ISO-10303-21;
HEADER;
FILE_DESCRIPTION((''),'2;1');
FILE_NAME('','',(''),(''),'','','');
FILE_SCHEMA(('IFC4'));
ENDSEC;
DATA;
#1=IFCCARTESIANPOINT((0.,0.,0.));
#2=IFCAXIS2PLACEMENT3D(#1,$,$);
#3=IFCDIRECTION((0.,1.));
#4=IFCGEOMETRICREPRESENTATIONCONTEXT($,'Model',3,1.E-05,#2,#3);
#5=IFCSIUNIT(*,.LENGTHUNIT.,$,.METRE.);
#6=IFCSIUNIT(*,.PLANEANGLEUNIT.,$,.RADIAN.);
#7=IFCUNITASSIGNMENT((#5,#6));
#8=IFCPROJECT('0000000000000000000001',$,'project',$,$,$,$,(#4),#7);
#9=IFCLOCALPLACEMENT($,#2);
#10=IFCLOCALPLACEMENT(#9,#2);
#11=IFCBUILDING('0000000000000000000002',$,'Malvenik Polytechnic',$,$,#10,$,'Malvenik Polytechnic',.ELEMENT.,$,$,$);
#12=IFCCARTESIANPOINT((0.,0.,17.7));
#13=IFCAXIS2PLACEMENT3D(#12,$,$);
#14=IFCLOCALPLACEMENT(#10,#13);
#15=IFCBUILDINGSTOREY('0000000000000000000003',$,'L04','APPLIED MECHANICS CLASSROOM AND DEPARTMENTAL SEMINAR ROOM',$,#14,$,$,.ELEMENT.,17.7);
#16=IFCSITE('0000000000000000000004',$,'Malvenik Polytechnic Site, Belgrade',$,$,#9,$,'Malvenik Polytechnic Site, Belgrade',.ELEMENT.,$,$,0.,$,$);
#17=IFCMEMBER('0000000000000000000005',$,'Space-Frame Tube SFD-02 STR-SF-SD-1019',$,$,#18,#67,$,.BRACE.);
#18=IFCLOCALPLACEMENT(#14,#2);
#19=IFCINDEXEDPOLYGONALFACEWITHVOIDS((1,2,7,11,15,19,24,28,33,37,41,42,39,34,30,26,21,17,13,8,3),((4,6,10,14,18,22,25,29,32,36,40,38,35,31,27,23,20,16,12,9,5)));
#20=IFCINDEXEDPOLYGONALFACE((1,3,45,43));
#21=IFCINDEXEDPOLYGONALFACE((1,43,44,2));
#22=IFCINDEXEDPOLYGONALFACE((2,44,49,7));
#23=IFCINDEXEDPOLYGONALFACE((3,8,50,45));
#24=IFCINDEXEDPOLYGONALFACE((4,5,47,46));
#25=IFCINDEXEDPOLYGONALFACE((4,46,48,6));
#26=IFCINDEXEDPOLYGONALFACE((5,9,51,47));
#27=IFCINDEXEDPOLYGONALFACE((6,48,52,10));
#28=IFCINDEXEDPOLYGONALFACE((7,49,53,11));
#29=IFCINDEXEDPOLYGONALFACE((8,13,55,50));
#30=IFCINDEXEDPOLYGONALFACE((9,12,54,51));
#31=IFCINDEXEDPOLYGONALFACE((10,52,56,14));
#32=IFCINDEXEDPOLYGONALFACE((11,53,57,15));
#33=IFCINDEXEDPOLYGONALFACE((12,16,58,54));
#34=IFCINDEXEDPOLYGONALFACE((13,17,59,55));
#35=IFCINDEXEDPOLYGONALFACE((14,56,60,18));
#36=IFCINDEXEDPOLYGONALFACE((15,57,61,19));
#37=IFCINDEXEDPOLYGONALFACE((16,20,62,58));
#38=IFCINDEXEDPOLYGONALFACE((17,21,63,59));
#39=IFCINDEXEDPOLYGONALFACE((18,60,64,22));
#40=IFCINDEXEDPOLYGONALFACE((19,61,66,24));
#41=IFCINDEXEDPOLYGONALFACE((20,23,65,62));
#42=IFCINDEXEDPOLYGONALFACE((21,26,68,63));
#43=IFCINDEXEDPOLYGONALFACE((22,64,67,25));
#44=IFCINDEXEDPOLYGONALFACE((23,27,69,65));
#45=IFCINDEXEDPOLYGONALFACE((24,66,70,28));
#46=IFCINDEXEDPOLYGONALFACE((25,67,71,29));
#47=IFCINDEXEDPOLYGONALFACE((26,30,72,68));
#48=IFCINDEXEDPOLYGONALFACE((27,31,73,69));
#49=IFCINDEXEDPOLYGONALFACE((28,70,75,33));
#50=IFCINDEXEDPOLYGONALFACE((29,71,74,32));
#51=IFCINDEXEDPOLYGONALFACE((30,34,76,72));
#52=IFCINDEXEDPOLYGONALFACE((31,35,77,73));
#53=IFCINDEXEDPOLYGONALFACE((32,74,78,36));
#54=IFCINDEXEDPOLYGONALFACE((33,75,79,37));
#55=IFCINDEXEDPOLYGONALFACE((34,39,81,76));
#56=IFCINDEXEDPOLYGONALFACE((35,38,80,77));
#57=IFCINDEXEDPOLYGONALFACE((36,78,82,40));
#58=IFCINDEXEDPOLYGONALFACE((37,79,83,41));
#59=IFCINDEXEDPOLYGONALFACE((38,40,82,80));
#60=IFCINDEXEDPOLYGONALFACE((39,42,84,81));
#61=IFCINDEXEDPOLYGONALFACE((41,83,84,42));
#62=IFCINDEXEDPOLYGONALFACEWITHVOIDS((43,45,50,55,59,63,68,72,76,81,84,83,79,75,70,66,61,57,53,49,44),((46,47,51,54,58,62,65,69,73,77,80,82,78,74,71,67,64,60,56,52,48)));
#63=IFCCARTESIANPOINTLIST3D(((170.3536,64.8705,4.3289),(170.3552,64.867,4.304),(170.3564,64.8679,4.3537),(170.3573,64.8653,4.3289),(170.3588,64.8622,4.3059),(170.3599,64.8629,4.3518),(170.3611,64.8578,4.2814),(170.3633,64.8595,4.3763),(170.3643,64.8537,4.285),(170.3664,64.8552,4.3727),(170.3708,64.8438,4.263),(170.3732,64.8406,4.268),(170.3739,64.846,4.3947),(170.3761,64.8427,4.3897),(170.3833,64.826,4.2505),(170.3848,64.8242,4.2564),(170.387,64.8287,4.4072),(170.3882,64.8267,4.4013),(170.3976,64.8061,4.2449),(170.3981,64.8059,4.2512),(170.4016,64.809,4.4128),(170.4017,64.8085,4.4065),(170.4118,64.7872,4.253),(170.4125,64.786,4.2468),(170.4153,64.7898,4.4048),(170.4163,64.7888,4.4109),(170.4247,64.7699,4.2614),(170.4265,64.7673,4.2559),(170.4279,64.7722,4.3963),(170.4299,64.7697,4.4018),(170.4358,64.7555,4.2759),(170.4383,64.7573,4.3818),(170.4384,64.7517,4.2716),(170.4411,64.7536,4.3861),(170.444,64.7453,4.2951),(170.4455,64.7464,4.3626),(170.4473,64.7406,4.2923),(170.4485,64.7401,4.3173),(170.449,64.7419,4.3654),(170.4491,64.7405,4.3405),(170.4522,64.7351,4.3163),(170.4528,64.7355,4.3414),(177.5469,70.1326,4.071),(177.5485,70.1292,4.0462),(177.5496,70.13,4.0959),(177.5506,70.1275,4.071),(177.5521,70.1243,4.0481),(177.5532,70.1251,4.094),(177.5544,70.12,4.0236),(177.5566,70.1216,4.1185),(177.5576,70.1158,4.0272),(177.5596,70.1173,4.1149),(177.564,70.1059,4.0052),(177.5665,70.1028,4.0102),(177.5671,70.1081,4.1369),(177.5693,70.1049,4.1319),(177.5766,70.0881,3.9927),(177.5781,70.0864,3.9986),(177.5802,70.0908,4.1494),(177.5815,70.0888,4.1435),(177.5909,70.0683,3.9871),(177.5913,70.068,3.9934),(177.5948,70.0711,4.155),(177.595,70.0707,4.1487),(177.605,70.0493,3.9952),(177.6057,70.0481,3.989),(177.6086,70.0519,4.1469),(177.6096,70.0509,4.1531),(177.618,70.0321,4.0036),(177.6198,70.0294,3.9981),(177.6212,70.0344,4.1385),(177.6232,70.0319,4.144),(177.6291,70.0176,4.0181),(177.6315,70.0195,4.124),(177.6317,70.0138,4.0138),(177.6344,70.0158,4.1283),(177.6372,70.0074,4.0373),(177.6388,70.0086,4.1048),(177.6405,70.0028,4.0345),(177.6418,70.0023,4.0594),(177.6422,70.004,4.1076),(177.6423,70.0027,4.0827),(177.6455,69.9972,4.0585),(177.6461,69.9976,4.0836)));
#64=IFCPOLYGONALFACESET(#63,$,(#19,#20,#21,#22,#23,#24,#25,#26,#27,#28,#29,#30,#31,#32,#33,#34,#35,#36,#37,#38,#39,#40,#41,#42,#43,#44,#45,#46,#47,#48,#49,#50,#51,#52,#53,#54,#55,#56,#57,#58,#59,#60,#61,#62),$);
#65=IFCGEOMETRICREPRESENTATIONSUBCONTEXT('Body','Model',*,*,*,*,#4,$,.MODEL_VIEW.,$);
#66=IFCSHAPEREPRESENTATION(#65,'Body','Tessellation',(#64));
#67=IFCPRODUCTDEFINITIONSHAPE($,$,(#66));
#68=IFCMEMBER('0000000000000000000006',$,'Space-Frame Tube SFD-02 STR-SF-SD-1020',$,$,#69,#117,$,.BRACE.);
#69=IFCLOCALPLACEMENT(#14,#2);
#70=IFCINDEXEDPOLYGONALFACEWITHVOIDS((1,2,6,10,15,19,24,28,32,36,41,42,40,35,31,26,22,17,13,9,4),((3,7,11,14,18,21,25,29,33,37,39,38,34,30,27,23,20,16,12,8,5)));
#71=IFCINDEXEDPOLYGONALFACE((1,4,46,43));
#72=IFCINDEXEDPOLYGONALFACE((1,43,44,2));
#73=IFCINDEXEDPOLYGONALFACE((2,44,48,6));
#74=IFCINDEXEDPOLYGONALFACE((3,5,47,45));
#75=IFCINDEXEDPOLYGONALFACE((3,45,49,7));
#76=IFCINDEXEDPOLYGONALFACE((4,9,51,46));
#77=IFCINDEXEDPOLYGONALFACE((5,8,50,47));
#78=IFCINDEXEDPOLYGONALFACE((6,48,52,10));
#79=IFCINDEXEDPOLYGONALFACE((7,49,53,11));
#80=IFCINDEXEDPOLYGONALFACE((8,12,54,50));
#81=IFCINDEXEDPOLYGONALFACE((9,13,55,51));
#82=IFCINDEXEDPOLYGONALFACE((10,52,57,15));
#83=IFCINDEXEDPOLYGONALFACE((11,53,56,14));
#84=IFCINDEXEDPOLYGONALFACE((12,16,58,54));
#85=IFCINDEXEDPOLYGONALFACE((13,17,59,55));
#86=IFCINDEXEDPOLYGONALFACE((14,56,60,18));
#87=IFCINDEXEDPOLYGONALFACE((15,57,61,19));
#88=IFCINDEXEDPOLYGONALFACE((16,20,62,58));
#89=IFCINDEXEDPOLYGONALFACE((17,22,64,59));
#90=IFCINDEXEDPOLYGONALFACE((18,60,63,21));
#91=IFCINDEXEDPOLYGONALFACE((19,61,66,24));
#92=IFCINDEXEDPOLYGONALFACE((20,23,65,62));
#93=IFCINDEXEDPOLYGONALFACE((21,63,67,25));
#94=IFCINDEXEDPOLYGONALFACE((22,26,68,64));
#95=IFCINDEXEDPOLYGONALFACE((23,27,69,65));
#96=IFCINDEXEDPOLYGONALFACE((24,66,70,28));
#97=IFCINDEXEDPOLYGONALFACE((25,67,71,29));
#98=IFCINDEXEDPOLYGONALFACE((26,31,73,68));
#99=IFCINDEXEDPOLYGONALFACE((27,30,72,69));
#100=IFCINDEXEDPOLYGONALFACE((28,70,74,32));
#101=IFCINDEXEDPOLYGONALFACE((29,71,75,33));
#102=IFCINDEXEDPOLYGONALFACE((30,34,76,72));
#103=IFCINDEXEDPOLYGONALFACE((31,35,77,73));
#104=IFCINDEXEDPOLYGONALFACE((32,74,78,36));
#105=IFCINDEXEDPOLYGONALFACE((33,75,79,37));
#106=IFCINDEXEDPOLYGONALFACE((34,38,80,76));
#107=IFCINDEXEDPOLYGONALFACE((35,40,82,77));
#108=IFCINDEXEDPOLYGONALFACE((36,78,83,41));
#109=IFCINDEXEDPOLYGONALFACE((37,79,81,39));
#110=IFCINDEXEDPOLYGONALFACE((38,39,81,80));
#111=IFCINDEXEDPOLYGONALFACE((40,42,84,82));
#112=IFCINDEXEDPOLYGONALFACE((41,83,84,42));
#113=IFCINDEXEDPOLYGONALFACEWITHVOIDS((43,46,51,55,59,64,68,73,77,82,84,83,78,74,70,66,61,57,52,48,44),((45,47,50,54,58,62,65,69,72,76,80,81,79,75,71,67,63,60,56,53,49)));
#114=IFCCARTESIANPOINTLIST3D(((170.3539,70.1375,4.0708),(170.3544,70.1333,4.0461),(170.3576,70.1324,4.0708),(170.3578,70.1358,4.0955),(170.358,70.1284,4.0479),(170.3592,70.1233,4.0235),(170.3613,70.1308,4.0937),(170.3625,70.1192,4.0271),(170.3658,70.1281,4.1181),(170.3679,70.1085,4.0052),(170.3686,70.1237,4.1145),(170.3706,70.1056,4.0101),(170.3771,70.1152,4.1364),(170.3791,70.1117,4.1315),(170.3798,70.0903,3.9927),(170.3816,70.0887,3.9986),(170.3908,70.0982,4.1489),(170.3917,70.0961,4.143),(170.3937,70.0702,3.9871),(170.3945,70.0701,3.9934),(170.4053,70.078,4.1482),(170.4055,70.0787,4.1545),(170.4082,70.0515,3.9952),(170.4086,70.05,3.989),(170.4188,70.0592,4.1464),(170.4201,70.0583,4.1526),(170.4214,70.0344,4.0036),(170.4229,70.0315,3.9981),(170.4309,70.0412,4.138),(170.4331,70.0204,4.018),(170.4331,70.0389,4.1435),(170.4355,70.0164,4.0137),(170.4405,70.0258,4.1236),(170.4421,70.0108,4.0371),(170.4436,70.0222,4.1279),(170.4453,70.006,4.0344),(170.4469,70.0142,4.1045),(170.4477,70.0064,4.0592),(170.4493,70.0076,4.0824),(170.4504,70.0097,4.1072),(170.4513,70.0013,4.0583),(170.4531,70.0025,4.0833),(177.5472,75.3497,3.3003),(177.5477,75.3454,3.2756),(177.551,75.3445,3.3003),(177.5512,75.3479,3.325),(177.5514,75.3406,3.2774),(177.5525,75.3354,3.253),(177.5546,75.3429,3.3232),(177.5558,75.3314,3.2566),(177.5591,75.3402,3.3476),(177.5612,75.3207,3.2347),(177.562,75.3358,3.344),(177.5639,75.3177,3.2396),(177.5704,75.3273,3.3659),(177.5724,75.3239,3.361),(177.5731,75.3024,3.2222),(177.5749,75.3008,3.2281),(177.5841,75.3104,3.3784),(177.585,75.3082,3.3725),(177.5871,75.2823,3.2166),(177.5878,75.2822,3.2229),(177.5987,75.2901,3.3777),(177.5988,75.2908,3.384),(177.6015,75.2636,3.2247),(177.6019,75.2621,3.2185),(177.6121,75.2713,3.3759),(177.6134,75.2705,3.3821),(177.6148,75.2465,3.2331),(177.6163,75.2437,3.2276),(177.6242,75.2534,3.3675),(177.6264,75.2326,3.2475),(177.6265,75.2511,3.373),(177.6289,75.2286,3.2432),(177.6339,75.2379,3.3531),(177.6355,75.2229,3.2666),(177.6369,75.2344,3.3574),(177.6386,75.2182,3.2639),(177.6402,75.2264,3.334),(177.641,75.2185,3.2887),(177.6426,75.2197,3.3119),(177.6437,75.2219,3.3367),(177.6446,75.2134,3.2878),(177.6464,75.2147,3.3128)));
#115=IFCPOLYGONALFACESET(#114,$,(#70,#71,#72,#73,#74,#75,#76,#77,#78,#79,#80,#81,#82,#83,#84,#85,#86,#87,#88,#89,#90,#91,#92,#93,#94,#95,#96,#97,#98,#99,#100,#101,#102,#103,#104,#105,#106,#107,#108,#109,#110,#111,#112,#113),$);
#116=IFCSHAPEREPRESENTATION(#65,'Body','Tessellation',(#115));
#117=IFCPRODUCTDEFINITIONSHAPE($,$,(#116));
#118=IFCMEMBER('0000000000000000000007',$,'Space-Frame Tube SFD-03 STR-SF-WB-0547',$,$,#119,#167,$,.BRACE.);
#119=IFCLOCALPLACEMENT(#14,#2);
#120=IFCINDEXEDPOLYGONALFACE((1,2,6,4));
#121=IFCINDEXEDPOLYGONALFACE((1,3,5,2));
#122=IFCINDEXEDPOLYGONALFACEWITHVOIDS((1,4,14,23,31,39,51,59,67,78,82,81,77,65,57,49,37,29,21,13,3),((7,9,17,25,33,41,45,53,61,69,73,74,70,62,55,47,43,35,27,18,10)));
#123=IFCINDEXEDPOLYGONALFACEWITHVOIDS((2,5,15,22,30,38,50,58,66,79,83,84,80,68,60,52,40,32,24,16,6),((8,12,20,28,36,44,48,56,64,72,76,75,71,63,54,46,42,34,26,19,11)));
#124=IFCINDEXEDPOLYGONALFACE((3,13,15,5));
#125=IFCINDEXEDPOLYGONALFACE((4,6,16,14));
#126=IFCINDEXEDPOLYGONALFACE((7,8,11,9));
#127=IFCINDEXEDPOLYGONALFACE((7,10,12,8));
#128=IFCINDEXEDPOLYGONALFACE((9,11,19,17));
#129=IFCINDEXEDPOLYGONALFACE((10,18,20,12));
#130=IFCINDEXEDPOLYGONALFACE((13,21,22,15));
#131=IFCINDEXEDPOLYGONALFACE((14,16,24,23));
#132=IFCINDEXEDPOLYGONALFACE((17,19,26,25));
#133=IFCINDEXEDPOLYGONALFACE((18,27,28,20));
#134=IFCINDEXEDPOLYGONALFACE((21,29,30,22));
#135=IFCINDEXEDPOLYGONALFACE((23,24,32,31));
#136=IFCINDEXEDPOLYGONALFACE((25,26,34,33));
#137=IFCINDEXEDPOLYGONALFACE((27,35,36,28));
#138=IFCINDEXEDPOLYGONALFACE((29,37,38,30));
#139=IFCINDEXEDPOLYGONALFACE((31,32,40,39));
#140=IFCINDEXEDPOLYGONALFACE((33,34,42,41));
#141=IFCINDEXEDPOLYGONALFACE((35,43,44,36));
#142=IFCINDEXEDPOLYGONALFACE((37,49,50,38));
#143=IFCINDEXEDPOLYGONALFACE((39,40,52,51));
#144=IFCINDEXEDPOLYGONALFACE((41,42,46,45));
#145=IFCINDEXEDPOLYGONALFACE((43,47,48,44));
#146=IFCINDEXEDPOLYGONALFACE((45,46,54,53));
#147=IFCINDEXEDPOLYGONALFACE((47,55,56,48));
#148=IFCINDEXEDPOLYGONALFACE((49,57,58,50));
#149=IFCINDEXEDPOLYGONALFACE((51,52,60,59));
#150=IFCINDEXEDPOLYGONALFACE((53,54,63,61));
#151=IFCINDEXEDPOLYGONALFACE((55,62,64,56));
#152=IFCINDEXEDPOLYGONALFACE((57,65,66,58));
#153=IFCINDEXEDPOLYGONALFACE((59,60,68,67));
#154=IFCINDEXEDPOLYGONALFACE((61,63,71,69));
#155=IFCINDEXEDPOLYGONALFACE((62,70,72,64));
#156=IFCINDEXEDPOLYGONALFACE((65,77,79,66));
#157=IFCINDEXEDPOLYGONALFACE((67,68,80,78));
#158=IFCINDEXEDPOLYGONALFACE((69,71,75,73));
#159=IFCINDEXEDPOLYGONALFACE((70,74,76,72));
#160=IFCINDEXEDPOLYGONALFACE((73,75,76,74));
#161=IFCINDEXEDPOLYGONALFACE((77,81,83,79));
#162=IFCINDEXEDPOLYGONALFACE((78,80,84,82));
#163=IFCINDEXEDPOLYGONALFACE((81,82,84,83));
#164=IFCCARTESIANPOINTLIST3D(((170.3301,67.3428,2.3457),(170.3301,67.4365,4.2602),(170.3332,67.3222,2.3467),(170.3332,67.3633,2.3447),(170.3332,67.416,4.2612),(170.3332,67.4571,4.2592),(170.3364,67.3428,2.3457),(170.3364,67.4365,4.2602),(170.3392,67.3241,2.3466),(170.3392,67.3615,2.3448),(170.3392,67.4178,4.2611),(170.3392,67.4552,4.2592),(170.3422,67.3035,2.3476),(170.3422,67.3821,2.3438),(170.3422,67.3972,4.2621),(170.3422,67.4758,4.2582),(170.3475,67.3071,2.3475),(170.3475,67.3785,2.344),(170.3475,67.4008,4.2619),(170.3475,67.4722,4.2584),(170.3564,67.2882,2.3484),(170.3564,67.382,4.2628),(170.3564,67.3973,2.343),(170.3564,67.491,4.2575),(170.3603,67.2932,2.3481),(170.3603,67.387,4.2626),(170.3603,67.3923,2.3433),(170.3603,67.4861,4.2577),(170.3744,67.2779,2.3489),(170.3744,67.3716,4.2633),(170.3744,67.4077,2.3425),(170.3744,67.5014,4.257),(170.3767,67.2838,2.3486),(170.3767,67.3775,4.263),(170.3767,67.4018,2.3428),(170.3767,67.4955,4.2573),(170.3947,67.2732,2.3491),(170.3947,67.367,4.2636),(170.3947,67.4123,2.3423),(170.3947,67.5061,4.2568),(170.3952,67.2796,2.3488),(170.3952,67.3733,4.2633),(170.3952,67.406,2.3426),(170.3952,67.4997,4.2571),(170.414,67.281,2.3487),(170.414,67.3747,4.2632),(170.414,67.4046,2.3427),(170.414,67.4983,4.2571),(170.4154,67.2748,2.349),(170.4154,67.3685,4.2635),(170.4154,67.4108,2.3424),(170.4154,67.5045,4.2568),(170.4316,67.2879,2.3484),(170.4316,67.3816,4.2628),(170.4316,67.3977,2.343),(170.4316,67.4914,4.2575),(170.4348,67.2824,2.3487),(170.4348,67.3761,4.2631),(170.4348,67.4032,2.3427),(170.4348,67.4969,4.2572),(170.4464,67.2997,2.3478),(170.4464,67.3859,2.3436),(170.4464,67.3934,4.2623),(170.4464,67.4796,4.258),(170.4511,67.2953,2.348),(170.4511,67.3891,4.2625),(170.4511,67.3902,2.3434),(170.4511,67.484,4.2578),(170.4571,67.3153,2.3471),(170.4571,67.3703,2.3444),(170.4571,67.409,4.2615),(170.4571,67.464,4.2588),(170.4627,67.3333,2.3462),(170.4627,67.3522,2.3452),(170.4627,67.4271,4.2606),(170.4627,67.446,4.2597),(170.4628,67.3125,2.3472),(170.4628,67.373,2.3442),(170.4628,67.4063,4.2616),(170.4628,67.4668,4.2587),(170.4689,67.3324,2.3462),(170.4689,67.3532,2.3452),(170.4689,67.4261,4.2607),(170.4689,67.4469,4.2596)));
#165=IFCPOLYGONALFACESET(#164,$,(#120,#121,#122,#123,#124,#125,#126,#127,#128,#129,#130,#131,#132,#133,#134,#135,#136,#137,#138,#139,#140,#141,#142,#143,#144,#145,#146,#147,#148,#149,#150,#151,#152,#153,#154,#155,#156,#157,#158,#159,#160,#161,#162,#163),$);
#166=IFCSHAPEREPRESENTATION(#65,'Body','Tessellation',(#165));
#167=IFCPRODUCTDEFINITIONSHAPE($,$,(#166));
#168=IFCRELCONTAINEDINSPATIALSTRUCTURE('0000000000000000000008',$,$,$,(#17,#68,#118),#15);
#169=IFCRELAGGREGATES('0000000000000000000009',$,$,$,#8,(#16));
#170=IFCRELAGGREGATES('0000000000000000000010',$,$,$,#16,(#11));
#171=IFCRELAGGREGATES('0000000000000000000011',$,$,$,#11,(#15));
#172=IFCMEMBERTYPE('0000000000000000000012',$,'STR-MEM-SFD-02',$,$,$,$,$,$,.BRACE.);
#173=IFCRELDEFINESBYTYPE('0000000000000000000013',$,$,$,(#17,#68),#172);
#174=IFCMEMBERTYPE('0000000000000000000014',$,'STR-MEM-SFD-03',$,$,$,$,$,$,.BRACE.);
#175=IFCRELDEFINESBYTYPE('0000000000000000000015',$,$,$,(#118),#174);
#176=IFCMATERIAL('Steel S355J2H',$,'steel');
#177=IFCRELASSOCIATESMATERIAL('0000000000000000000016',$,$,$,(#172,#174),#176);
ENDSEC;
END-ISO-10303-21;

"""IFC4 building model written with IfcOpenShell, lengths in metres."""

from ifc_helpers import new_model, si_unit, direction, frame, origin, origin_2d, place, context, subcontext, project, spatial, hollow_circle, extrude, material, material_profile, profile_set, type_object, element, save


model = new_model("IFC4")

# Units and contexts
model_context = context("Model", 3, precision=1e-05, world=origin(), true_north=direction((0.0, 1.0)))
body_context = subcontext(model_context, "Body", "Model", "MODEL_VIEW")
ifc_project = project(units=[si_unit("LENGTHUNIT", "METRE"), si_unit("PLANEANGLEUNIT", "RADIAN")], contexts=[model_context])

# Site, building, storey
site_placement = place(None, origin())
site = spatial("IfcSite", under=ifc_project, at=site_placement, Name="Malvenik Polytechnic Site, Belgrade", LongName="Malvenik Polytechnic Site, Belgrade", CompositionType="ELEMENT", RefElevation=0.0)
building_placement = place(site_placement, origin())
building = spatial("IfcBuilding", under=site, at=building_placement, Name="Malvenik Polytechnic", LongName="Malvenik Polytechnic", CompositionType="ELEMENT")
storey_placement = place(building_placement, frame((0.0, 0.0, 17.7)))
storey = spatial("IfcBuildingStorey", under=building, at=storey_placement, Name="L04", Description="APPLIED MECHANICS CLASSROOM AND DEPARTMENTAL SEMINAR ROOM", CompositionType="ELEMENT", Elevation=17.7)

# Members
ifc_material_1 = material(Name="Steel S355J2H", Category="steel")
ifc_material_profile_1 = material_profile(ifc_material_1, hollow_circle(Radius=0.0842, WallThickness=0.0063, at=origin_2d()), Name="CHS 168.3x6.3")
ifc_profile_set_1 = profile_set([ifc_material_profile_1], Name="Steel S355J2H")
member_type_1 = type_object("IfcMemberType", Name="STR-MEM-SFD-02", PredefinedType="BRACE", material=ifc_profile_set_1)
member_1_placement = place(storey_placement, frame((170.4033, 64.8025, 4.3289), z_axis=(0.806758, 0.590173, -0.028915), x_axis=(-0.59042, 0.807096, 0.0)))
element("IfcMember", 1, at=member_1_placement, inside=storey, type_object=member_type_1, Name="Space-Frame Tube SFD-02 STR-SF-SD-1019", PredefinedType="BRACE", context=body_context, shape_type="SweptSolid", body=[
    extrude(hollow_circle(Radius=0.0842, WallThickness=0.0063, at=origin_2d()), origin(), (0.0, 0.0, 1.0), 8.9163),
])
member_2_placement = place(storey_placement, frame((170.4033, 70.0693, 4.0708), z_axis=(0.806743, 0.584549, -0.086413), x_axis=(-0.586744, 0.809772, 0.0)))
element("IfcMember", 2, at=member_2_placement, inside=storey, type_object=member_type_1, Name="Space-Frame Tube SFD-02 STR-SF-SD-1020", PredefinedType="BRACE", context=body_context, shape_type="SweptSolid", body=[
    extrude(hollow_circle(Radius=0.0842, WallThickness=0.0063, at=origin_2d()), origin(), (0.0, 0.0, 1.0), 8.9165),
])
ifc_material_profile_2 = material_profile(ifc_material_1, hollow_circle(Radius=0.0698, WallThickness=0.0063, at=origin_2d()), Name="CHS 139.7x6.3")
ifc_profile_set_2 = profile_set([ifc_material_profile_2], Name="Steel S355J2H")
member_type_2 = type_object("IfcMemberType", Name="STR-MEM-SFD-03", PredefinedType="BRACE", material=ifc_profile_set_2)
member_3_placement = place(storey_placement, frame((170.3999, 67.3428, 2.3457), z_axis=(0.0, 0.048908, 0.998803), x_axis=(-1.0, 0.0, 0.0)))
element("IfcMember", 3, at=member_3_placement, inside=storey, type_object=member_type_2, Name="Space-Frame Tube SFD-03 STR-SF-WB-0547", PredefinedType="BRACE", context=body_context, shape_type="SweptSolid", body=[
    extrude(hollow_circle(Radius=0.0698, WallThickness=0.0063, at=origin_2d()), origin(), (0.0, 0.0, 1.0), 1.9167),
])

save(model, "model.ifc")
